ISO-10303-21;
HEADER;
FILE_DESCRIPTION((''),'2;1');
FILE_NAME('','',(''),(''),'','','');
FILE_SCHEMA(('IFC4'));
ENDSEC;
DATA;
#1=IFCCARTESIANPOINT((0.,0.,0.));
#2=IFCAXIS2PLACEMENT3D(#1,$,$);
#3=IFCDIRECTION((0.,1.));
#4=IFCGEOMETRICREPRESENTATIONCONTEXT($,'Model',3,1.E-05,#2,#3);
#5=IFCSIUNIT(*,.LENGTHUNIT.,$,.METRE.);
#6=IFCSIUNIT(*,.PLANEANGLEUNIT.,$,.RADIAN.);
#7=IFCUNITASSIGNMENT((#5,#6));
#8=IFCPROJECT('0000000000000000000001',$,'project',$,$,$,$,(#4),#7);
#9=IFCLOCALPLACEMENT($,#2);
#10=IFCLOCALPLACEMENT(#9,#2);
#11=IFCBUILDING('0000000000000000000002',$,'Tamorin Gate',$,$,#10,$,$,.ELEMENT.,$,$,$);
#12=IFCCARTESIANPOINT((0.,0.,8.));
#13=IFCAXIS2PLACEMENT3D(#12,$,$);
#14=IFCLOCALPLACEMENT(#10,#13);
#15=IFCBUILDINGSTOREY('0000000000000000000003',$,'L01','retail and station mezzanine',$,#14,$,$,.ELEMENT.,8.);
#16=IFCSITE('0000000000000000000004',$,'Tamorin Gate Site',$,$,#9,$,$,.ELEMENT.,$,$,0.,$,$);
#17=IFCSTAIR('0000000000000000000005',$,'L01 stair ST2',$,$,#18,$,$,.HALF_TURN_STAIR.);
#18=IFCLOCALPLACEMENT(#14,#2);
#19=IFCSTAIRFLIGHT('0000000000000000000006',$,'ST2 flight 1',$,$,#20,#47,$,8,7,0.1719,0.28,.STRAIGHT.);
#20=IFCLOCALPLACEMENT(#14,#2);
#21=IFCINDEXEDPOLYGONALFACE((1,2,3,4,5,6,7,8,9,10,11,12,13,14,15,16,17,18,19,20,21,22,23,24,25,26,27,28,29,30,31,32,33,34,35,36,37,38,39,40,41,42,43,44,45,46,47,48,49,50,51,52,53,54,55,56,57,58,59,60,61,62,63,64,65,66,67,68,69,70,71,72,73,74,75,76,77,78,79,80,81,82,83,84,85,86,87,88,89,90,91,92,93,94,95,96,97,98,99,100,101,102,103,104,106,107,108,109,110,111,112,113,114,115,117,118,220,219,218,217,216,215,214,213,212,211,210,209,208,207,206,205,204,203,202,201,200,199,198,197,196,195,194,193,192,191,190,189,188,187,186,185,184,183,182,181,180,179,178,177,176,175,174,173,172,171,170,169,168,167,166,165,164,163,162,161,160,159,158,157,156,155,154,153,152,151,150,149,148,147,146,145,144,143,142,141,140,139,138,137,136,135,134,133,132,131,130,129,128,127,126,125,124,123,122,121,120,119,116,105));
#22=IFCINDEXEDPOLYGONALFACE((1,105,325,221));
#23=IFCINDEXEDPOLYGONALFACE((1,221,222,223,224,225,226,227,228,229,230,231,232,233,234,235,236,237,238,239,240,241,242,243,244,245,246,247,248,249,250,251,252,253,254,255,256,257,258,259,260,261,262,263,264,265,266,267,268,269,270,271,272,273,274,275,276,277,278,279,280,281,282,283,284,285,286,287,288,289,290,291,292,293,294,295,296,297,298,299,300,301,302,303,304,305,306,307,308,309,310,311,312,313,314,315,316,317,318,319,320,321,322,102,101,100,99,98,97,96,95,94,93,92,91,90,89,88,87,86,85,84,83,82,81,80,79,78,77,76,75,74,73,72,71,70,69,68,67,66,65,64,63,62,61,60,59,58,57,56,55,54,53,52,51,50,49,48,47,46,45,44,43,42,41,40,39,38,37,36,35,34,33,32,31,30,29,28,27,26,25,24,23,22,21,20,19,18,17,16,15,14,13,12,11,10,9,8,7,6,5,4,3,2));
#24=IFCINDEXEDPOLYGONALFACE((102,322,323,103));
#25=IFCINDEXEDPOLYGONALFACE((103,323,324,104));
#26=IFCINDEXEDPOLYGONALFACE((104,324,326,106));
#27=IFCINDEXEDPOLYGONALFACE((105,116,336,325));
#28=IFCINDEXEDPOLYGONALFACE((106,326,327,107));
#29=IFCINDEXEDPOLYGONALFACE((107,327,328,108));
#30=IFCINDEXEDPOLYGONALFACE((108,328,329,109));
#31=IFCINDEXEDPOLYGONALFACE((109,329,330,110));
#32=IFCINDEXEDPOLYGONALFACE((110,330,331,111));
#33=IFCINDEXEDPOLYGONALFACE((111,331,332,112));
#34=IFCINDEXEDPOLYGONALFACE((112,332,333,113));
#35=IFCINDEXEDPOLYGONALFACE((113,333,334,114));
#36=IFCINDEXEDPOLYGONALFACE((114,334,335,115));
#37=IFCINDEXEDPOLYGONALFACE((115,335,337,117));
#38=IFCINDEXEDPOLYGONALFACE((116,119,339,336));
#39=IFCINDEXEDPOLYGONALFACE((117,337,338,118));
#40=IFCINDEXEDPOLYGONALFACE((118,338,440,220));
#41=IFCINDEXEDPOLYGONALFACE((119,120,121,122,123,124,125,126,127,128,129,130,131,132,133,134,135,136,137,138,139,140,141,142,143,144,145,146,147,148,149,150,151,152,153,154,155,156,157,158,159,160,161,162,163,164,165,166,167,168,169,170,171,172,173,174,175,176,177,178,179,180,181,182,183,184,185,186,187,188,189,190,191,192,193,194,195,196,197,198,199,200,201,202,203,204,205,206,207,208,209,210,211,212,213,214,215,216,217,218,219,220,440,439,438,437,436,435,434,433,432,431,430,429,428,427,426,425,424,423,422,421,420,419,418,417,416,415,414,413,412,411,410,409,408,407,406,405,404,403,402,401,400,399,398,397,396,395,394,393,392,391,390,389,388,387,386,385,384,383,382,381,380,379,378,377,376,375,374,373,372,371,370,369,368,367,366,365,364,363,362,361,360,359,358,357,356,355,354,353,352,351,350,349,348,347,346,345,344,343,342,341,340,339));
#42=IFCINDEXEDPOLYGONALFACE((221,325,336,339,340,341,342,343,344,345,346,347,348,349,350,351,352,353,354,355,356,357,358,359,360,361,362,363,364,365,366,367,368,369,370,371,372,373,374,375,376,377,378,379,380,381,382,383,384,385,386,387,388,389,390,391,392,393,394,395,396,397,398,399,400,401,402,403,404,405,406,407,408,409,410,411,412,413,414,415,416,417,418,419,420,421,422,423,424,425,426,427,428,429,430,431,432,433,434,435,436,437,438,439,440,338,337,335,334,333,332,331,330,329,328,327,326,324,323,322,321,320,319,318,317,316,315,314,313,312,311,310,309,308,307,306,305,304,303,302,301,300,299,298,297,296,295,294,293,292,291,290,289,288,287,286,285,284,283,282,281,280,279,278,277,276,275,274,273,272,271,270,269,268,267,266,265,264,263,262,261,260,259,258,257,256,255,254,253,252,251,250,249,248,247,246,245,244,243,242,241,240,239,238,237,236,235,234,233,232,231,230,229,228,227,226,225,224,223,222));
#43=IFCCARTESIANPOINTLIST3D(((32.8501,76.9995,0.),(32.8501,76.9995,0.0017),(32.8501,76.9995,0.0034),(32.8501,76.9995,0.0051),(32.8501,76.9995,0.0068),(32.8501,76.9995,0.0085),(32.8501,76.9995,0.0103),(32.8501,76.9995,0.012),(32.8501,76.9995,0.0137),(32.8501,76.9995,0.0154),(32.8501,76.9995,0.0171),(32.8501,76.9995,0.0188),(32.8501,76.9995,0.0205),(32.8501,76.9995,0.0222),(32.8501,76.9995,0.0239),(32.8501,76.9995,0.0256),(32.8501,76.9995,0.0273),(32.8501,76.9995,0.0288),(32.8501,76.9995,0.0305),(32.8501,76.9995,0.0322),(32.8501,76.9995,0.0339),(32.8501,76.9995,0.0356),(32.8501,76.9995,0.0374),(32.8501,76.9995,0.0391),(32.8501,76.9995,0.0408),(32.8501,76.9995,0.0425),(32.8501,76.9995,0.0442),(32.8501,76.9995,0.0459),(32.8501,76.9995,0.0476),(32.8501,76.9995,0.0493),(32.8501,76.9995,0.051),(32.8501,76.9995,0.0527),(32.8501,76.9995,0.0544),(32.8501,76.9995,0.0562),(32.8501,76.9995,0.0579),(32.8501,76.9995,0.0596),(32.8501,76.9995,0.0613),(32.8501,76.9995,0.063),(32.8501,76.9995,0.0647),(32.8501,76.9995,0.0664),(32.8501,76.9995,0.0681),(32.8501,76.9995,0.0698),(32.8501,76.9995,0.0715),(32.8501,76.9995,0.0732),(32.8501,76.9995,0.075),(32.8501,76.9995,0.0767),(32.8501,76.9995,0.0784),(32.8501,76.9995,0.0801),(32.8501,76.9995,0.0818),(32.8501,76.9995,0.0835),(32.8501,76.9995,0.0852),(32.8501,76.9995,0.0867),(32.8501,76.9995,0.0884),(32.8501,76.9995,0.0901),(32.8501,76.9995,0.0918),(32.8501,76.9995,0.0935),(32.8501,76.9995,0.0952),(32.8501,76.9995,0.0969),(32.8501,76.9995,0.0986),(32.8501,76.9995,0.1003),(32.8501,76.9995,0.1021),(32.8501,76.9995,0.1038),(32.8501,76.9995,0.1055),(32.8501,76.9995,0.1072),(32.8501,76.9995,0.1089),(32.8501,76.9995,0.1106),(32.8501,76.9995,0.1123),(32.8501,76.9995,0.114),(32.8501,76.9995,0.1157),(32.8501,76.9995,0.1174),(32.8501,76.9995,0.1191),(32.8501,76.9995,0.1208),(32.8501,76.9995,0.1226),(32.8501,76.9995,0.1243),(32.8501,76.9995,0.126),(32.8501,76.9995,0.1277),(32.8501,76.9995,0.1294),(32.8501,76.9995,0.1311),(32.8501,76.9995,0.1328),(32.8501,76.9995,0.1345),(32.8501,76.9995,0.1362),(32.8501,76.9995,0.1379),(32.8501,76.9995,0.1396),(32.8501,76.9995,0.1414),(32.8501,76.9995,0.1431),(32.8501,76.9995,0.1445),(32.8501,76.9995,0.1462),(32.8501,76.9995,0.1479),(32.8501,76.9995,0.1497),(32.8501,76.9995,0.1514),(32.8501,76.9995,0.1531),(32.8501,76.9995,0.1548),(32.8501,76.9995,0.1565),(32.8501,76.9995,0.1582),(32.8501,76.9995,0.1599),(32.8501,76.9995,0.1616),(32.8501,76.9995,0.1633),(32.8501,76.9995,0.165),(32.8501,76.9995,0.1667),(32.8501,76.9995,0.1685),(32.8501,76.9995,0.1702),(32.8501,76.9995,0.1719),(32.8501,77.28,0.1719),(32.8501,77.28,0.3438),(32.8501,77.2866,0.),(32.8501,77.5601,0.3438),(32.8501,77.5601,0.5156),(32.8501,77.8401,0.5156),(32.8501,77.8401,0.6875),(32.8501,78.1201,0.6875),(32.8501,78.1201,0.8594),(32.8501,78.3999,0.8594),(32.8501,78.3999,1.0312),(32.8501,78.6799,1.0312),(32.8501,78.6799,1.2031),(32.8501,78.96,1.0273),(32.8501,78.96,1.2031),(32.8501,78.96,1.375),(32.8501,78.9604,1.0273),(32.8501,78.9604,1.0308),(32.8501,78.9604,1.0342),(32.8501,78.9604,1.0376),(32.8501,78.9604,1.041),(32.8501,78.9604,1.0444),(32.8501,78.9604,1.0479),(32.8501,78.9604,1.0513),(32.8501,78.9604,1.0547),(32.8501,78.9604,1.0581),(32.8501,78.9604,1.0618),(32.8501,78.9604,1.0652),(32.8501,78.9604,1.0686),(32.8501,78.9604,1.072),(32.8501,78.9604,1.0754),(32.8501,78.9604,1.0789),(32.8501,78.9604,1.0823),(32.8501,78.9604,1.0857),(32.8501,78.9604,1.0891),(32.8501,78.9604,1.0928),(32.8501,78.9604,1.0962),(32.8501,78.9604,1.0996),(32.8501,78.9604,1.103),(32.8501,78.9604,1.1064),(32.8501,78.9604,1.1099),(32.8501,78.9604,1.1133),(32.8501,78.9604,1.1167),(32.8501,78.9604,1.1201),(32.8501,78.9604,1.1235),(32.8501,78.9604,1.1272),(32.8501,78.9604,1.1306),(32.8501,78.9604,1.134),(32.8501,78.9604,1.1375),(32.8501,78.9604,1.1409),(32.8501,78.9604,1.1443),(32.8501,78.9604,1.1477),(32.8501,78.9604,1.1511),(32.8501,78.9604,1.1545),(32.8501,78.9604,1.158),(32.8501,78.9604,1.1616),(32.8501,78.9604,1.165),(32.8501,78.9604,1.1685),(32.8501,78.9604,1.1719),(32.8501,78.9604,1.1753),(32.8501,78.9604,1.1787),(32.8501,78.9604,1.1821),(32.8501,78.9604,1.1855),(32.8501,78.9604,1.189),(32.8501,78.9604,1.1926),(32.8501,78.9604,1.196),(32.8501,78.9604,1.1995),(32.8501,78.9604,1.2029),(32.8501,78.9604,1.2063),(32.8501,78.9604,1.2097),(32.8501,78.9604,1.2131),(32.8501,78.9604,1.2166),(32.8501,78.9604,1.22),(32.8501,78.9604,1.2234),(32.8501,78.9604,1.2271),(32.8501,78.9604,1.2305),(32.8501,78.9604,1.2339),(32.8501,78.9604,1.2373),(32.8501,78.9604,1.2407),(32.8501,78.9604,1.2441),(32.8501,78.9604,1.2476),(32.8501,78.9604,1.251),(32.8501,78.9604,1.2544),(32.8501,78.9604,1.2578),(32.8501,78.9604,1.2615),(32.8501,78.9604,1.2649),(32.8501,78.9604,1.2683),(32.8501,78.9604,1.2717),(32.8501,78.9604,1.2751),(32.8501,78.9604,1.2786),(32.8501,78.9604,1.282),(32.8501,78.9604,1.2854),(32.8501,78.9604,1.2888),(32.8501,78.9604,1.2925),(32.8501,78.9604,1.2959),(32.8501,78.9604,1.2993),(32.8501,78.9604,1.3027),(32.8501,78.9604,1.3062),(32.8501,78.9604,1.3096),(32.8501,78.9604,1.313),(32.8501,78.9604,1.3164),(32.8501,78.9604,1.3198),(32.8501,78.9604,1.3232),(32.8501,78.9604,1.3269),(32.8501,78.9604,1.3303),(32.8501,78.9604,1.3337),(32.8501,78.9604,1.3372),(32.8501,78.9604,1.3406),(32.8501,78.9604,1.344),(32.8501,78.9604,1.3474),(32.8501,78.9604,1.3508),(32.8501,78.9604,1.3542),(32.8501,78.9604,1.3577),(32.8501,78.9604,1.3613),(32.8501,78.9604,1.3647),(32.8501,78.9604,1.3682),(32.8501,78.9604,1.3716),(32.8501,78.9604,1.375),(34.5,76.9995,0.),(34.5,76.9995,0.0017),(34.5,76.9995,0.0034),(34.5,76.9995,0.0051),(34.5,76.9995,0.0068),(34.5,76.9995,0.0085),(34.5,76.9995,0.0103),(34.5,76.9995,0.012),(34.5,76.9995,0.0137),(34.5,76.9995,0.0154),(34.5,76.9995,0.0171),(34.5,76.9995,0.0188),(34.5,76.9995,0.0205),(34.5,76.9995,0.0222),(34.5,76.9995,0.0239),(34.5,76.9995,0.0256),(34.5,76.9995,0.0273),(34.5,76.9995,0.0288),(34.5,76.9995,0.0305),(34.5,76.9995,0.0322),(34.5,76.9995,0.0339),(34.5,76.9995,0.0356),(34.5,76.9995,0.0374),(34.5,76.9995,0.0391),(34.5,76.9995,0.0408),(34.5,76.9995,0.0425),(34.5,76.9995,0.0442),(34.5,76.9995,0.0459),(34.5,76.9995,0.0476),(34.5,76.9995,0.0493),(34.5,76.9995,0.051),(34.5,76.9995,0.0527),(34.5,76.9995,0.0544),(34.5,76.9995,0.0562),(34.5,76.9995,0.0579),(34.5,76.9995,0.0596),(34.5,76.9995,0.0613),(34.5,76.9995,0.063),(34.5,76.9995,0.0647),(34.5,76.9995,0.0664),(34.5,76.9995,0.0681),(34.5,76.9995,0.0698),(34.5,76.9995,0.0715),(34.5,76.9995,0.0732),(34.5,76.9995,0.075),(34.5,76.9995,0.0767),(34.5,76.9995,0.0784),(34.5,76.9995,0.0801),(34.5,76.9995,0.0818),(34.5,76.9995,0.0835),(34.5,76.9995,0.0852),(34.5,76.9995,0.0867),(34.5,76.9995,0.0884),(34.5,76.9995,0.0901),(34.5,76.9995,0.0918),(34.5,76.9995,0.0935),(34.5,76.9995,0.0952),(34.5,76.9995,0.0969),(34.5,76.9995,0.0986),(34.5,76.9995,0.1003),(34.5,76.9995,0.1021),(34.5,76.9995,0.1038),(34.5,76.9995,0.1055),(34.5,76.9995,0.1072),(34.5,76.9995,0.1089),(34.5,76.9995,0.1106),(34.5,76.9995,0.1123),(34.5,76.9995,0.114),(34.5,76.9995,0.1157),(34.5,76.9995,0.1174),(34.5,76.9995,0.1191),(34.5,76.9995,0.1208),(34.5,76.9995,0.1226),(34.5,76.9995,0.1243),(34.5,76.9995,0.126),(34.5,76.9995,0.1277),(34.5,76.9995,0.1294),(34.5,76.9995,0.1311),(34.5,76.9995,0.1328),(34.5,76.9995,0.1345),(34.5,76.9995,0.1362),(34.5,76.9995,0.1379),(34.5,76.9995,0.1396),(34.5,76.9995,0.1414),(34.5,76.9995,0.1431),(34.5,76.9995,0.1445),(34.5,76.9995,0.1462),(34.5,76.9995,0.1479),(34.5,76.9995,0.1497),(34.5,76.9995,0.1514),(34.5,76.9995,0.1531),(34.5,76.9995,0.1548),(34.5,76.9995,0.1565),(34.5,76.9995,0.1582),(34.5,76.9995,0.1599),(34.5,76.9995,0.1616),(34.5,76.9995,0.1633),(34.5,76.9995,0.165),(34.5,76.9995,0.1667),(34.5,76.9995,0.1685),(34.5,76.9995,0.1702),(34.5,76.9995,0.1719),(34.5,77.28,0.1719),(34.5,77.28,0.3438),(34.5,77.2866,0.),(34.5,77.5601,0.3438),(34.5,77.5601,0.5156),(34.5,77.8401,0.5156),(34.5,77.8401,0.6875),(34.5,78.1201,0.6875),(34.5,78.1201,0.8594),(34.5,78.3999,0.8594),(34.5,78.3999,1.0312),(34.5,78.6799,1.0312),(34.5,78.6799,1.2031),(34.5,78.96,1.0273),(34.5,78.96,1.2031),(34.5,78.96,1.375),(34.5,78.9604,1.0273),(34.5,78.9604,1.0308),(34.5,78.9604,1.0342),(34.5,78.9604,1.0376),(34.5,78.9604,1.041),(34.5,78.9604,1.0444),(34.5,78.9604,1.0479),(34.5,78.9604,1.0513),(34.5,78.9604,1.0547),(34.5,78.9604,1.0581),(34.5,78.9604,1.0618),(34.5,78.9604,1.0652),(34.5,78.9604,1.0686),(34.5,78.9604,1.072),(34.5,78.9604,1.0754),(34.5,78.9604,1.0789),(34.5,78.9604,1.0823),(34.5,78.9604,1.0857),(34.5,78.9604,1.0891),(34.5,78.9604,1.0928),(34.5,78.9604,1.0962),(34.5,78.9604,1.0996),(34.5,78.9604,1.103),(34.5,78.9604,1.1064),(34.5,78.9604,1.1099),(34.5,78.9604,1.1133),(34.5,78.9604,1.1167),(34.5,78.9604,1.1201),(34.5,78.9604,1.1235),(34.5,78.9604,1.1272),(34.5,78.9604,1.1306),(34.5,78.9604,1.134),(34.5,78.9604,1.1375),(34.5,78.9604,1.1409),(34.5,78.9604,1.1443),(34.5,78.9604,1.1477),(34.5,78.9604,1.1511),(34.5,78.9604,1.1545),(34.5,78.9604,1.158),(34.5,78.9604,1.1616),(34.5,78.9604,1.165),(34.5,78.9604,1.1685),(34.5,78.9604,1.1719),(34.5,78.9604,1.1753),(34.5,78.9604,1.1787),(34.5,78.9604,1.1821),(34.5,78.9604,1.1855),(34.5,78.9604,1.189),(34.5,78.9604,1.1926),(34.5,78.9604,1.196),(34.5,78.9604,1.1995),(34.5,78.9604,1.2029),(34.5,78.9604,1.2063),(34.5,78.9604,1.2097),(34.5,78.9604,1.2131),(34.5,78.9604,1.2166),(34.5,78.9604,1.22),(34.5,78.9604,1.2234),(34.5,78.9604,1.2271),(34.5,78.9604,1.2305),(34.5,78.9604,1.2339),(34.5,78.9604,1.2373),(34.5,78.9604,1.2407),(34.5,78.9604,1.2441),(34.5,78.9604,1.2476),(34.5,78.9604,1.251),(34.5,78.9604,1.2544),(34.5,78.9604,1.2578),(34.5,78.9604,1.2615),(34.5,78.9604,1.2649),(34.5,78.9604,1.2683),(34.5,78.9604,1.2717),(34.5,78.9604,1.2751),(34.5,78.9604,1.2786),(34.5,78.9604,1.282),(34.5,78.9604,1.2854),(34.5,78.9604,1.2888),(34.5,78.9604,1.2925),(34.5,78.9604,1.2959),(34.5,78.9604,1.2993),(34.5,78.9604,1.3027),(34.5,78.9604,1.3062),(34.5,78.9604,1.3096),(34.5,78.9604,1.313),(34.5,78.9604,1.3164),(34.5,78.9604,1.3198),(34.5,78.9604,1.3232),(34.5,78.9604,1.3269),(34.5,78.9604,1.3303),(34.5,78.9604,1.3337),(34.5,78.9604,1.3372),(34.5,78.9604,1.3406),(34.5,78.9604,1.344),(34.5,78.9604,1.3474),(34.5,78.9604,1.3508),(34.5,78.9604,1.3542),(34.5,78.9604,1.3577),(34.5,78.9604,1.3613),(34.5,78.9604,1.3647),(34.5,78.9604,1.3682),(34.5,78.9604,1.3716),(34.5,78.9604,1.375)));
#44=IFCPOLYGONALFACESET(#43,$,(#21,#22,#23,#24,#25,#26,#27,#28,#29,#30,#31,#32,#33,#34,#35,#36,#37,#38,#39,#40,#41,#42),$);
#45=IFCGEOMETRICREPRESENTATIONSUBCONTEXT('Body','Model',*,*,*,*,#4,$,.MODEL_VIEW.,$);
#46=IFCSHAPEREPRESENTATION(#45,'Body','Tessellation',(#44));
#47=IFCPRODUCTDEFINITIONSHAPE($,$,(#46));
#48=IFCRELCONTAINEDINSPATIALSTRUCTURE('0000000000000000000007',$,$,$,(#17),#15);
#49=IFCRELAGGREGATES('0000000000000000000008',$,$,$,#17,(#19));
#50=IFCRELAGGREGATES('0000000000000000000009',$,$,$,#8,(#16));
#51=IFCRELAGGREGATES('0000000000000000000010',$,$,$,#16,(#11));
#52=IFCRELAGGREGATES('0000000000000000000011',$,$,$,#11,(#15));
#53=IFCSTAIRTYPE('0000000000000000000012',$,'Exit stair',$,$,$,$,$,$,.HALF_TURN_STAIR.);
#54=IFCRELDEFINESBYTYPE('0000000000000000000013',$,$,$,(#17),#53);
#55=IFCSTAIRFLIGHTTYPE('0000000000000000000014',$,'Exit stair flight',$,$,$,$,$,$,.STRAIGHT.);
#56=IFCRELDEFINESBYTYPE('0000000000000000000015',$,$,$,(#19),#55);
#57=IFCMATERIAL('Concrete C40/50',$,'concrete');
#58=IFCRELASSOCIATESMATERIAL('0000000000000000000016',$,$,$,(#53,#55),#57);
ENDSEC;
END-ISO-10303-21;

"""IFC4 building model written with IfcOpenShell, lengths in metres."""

from ifc_helpers import new_model, si_unit, direction, frame, origin, place, context, subcontext, project, spatial, polyline, outline, extrude, material, type_object, element, aggregate, save


model = new_model("IFC4")

# Units and contexts
model_context = context("Model", 3, precision=1e-05, world=origin(), true_north=direction((0.0, 1.0)))
body_context = subcontext(model_context, "Body", "Model", "MODEL_VIEW")
ifc_project = project(units=[si_unit("LENGTHUNIT", "METRE"), si_unit("PLANEANGLEUNIT", "RADIAN")], contexts=[model_context])

# Site, building, storey
site_placement = place(None, origin())
site = spatial("IfcSite", under=ifc_project, at=site_placement, Name="Tamorin Gate Site", CompositionType="ELEMENT", RefElevation=0.0)
building_placement = place(site_placement, origin())
building = spatial("IfcBuilding", under=site, at=building_placement, Name="Tamorin Gate", CompositionType="ELEMENT")
storey_placement = place(building_placement, frame((0.0, 0.0, 8.0)))
storey = spatial("IfcBuildingStorey", under=building, at=storey_placement, Name="L01", Description="retail and station mezzanine", CompositionType="ELEMENT", Elevation=8.0)

# Stair, stair flight
ifc_material_1 = material(Name="Concrete C40/50", Category="concrete")
stair_type = type_object("IfcStairType", Name="Exit stair", PredefinedType="HALF_TURN_STAIR", material=ifc_material_1)
stair_placement = place(storey_placement, origin())
stair = element("IfcStair", 1, at=stair_placement, inside=storey, type_object=stair_type, Name="L01 stair ST2", PredefinedType="HALF_TURN_STAIR")
stair_flight_type = type_object("IfcStairFlightType", Name="Exit stair flight", PredefinedType="STRAIGHT", material=ifc_material_1)
stair_flight_1_placement = place(storey_placement, frame((33.675, 77.0, 0.0), z_axis=(0.0, 0.0, 1.0), x_axis=(0.0, 1.0, 0.0)))
stair_flight_1 = element("IfcStairFlight", 2, at=stair_flight_1_placement, type_object=stair_flight_type, Name="ST2 flight 1", NumberOfRisers=8, NumberOfTreads=7, PredefinedType="STRAIGHT", RiserHeight=0.1719, TreadLength=0.28, context=body_context, shape_type="SweptSolid", body=[
    extrude(outline(polyline([(-0.0005, 0.0), (-0.0005, 0.0017), (-0.0005, 0.0034), (-0.0005, 0.0051), (-0.0005, 0.0068), (-0.0005, 0.0085), (-0.0005, 0.0103), (-0.0005, 0.012), (-0.0005, 0.0137), (-0.0005, 0.0154), (-0.0005, 0.0171), (-0.0005, 0.0188), (-0.0005, 0.0205), (-0.0005, 0.0222), (-0.0005, 0.0239), (-0.0005, 0.0256), (-0.0005, 0.0273), (-0.0005, 0.0288), (-0.0005, 0.0305), (-0.0005, 0.0322), (-0.0005, 0.0339), (-0.0005, 0.0356), (-0.0005, 0.0374), (-0.0005, 0.0391), (-0.0005, 0.0408), (-0.0005, 0.0425), (-0.0005, 0.0442), (-0.0005, 0.0459), (-0.0005, 0.0476), (-0.0005, 0.0493), (-0.0005, 0.051), (-0.0005, 0.0527), (-0.0005, 0.0544), (-0.0005, 0.0562), (-0.0005, 0.0579), (-0.0005, 0.0596), (-0.0005, 0.0613), (-0.0005, 0.063), (-0.0005, 0.0647), (-0.0005, 0.0664), (-0.0005, 0.0681), (-0.0005, 0.0698), (-0.0005, 0.0715), (-0.0005, 0.0732), (-0.0005, 0.075), (-0.0005, 0.0767), (-0.0005, 0.0784), (-0.0005, 0.0801), (-0.0005, 0.0818), (-0.0005, 0.0835), (-0.0005, 0.0852), (-0.0005, 0.0867), (-0.0005, 0.0884), (-0.0005, 0.0901), (-0.0005, 0.0918), (-0.0005, 0.0935), (-0.0005, 0.0952), (-0.0005, 0.0969), (-0.0005, 0.0986), (-0.0005, 0.1003), (-0.0005, 0.1021), (-0.0005, 0.1038), (-0.0005, 0.1055), (-0.0005, 0.1072), (-0.0005, 0.1089), (-0.0005, 0.1106), (-0.0005, 0.1123), (-0.0005, 0.114), (-0.0005, 0.1157), (-0.0005, 0.1174), (-0.0005, 0.1191), (-0.0005, 0.1208), (-0.0005, 0.1226), (-0.0005, 0.1243), (-0.0005, 0.126), (-0.0005, 0.1277), (-0.0005, 0.1294), (-0.0005, 0.1311), (-0.0005, 0.1328), (-0.0005, 0.1345), (-0.0005, 0.1362), (-0.0005, 0.1379), (-0.0005, 0.1396), (-0.0005, 0.1414), (-0.0005, 0.1431), (-0.0005, 0.1445), (-0.0005, 0.1462), (-0.0005, 0.1479), (-0.0005, 0.1497), (-0.0005, 0.1514), (-0.0005, 0.1531), (-0.0005, 0.1548), (-0.0005, 0.1565), (-0.0005, 0.1582), (-0.0005, 0.1599), (-0.0005, 0.1616), (-0.0005, 0.1633), (-0.0005, 0.165), (-0.0005, 0.1667), (-0.0005, 0.1685), (-0.0005, 0.1702), (-0.0005, 0.1719), (0.28, 0.1719), (0.28, 0.3438), (0.5601, 0.3438), (0.5601, 0.5156), (0.8401, 0.5156), (0.8401, 0.6875), (1.1201, 0.6875), (1.1201, 0.8594), (1.3999, 0.8594), (1.3999, 1.0312), (1.6799, 1.0312), (1.6799, 1.2031), (1.96, 1.2031), (1.96, 1.375), (1.9604, 1.375), (1.9604, 1.3716), (1.9604, 1.3682), (1.9604, 1.3647), (1.9604, 1.3613), (1.9604, 1.3577), (1.9604, 1.3542), (1.9604, 1.3508), (1.9604, 1.3474), (1.9604, 1.344), (1.9604, 1.3406), (1.9604, 1.3372), (1.9604, 1.3337), (1.9604, 1.3303), (1.9604, 1.3269), (1.9604, 1.3232), (1.9604, 1.3198), (1.9604, 1.3164), (1.9604, 1.313), (1.9604, 1.3096), (1.9604, 1.3062), (1.9604, 1.3027), (1.9604, 1.2993), (1.9604, 1.2959), (1.9604, 1.2925), (1.9604, 1.2888), (1.9604, 1.2854), (1.9604, 1.282), (1.9604, 1.2786), (1.9604, 1.2751), (1.9604, 1.2717), (1.9604, 1.2683), (1.9604, 1.2649), (1.9604, 1.2615), (1.9604, 1.2578), (1.9604, 1.2544), (1.9604, 1.251), (1.9604, 1.2476), (1.9604, 1.2441), (1.9604, 1.2407), (1.9604, 1.2373), (1.9604, 1.2339), (1.9604, 1.2305), (1.9604, 1.2271), (1.9604, 1.2234), (1.9604, 1.22), (1.9604, 1.2166), (1.9604, 1.2131), (1.9604, 1.2097), (1.9604, 1.2063), (1.9604, 1.2029), (1.9604, 1.1995), (1.9604, 1.196), (1.9604, 1.1926), (1.9604, 1.189), (1.9604, 1.1855), (1.9604, 1.1821), (1.9604, 1.1787), (1.9604, 1.1753), (1.9604, 1.1719), (1.9604, 1.1685), (1.9604, 1.165), (1.9604, 1.1616), (1.9604, 1.158), (1.9604, 1.1545), (1.9604, 1.1511), (1.9604, 1.1477), (1.9604, 1.1443), (1.9604, 1.1409), (1.9604, 1.1375), (1.9604, 1.134), (1.9604, 1.1306), (1.9604, 1.1272), (1.9604, 1.1235), (1.9604, 1.1201), (1.9604, 1.1167), (1.9604, 1.1133), (1.9604, 1.1099), (1.9604, 1.1064), (1.9604, 1.103), (1.9604, 1.0996), (1.9604, 1.0962), (1.9604, 1.0928), (1.9604, 1.0891), (1.9604, 1.0857), (1.9604, 1.0823), (1.9604, 1.0789), (1.9604, 1.0754), (1.9604, 1.072), (1.9604, 1.0686), (1.9604, 1.0652), (1.9604, 1.0618), (1.9604, 1.0581), (1.9604, 1.0547), (1.9604, 1.0513), (1.9604, 1.0479), (1.9604, 1.0444), (1.9604, 1.041), (1.9604, 1.0376), (1.9604, 1.0342), (1.9604, 1.0308), (1.9604, 1.0273), (1.96, 1.0273), (0.2866, 0.0), (-0.0005, 0.0)])), frame((0.0, 0.825, 0.0), z_axis=(0.0, -1.0, 0.0), x_axis=(1.0, 0.0, 0.0)), (0.0, 0.0, 1.0), 1.6499),
])
aggregate(stair, [stair_flight_1])

save(model, "model.ifc")
